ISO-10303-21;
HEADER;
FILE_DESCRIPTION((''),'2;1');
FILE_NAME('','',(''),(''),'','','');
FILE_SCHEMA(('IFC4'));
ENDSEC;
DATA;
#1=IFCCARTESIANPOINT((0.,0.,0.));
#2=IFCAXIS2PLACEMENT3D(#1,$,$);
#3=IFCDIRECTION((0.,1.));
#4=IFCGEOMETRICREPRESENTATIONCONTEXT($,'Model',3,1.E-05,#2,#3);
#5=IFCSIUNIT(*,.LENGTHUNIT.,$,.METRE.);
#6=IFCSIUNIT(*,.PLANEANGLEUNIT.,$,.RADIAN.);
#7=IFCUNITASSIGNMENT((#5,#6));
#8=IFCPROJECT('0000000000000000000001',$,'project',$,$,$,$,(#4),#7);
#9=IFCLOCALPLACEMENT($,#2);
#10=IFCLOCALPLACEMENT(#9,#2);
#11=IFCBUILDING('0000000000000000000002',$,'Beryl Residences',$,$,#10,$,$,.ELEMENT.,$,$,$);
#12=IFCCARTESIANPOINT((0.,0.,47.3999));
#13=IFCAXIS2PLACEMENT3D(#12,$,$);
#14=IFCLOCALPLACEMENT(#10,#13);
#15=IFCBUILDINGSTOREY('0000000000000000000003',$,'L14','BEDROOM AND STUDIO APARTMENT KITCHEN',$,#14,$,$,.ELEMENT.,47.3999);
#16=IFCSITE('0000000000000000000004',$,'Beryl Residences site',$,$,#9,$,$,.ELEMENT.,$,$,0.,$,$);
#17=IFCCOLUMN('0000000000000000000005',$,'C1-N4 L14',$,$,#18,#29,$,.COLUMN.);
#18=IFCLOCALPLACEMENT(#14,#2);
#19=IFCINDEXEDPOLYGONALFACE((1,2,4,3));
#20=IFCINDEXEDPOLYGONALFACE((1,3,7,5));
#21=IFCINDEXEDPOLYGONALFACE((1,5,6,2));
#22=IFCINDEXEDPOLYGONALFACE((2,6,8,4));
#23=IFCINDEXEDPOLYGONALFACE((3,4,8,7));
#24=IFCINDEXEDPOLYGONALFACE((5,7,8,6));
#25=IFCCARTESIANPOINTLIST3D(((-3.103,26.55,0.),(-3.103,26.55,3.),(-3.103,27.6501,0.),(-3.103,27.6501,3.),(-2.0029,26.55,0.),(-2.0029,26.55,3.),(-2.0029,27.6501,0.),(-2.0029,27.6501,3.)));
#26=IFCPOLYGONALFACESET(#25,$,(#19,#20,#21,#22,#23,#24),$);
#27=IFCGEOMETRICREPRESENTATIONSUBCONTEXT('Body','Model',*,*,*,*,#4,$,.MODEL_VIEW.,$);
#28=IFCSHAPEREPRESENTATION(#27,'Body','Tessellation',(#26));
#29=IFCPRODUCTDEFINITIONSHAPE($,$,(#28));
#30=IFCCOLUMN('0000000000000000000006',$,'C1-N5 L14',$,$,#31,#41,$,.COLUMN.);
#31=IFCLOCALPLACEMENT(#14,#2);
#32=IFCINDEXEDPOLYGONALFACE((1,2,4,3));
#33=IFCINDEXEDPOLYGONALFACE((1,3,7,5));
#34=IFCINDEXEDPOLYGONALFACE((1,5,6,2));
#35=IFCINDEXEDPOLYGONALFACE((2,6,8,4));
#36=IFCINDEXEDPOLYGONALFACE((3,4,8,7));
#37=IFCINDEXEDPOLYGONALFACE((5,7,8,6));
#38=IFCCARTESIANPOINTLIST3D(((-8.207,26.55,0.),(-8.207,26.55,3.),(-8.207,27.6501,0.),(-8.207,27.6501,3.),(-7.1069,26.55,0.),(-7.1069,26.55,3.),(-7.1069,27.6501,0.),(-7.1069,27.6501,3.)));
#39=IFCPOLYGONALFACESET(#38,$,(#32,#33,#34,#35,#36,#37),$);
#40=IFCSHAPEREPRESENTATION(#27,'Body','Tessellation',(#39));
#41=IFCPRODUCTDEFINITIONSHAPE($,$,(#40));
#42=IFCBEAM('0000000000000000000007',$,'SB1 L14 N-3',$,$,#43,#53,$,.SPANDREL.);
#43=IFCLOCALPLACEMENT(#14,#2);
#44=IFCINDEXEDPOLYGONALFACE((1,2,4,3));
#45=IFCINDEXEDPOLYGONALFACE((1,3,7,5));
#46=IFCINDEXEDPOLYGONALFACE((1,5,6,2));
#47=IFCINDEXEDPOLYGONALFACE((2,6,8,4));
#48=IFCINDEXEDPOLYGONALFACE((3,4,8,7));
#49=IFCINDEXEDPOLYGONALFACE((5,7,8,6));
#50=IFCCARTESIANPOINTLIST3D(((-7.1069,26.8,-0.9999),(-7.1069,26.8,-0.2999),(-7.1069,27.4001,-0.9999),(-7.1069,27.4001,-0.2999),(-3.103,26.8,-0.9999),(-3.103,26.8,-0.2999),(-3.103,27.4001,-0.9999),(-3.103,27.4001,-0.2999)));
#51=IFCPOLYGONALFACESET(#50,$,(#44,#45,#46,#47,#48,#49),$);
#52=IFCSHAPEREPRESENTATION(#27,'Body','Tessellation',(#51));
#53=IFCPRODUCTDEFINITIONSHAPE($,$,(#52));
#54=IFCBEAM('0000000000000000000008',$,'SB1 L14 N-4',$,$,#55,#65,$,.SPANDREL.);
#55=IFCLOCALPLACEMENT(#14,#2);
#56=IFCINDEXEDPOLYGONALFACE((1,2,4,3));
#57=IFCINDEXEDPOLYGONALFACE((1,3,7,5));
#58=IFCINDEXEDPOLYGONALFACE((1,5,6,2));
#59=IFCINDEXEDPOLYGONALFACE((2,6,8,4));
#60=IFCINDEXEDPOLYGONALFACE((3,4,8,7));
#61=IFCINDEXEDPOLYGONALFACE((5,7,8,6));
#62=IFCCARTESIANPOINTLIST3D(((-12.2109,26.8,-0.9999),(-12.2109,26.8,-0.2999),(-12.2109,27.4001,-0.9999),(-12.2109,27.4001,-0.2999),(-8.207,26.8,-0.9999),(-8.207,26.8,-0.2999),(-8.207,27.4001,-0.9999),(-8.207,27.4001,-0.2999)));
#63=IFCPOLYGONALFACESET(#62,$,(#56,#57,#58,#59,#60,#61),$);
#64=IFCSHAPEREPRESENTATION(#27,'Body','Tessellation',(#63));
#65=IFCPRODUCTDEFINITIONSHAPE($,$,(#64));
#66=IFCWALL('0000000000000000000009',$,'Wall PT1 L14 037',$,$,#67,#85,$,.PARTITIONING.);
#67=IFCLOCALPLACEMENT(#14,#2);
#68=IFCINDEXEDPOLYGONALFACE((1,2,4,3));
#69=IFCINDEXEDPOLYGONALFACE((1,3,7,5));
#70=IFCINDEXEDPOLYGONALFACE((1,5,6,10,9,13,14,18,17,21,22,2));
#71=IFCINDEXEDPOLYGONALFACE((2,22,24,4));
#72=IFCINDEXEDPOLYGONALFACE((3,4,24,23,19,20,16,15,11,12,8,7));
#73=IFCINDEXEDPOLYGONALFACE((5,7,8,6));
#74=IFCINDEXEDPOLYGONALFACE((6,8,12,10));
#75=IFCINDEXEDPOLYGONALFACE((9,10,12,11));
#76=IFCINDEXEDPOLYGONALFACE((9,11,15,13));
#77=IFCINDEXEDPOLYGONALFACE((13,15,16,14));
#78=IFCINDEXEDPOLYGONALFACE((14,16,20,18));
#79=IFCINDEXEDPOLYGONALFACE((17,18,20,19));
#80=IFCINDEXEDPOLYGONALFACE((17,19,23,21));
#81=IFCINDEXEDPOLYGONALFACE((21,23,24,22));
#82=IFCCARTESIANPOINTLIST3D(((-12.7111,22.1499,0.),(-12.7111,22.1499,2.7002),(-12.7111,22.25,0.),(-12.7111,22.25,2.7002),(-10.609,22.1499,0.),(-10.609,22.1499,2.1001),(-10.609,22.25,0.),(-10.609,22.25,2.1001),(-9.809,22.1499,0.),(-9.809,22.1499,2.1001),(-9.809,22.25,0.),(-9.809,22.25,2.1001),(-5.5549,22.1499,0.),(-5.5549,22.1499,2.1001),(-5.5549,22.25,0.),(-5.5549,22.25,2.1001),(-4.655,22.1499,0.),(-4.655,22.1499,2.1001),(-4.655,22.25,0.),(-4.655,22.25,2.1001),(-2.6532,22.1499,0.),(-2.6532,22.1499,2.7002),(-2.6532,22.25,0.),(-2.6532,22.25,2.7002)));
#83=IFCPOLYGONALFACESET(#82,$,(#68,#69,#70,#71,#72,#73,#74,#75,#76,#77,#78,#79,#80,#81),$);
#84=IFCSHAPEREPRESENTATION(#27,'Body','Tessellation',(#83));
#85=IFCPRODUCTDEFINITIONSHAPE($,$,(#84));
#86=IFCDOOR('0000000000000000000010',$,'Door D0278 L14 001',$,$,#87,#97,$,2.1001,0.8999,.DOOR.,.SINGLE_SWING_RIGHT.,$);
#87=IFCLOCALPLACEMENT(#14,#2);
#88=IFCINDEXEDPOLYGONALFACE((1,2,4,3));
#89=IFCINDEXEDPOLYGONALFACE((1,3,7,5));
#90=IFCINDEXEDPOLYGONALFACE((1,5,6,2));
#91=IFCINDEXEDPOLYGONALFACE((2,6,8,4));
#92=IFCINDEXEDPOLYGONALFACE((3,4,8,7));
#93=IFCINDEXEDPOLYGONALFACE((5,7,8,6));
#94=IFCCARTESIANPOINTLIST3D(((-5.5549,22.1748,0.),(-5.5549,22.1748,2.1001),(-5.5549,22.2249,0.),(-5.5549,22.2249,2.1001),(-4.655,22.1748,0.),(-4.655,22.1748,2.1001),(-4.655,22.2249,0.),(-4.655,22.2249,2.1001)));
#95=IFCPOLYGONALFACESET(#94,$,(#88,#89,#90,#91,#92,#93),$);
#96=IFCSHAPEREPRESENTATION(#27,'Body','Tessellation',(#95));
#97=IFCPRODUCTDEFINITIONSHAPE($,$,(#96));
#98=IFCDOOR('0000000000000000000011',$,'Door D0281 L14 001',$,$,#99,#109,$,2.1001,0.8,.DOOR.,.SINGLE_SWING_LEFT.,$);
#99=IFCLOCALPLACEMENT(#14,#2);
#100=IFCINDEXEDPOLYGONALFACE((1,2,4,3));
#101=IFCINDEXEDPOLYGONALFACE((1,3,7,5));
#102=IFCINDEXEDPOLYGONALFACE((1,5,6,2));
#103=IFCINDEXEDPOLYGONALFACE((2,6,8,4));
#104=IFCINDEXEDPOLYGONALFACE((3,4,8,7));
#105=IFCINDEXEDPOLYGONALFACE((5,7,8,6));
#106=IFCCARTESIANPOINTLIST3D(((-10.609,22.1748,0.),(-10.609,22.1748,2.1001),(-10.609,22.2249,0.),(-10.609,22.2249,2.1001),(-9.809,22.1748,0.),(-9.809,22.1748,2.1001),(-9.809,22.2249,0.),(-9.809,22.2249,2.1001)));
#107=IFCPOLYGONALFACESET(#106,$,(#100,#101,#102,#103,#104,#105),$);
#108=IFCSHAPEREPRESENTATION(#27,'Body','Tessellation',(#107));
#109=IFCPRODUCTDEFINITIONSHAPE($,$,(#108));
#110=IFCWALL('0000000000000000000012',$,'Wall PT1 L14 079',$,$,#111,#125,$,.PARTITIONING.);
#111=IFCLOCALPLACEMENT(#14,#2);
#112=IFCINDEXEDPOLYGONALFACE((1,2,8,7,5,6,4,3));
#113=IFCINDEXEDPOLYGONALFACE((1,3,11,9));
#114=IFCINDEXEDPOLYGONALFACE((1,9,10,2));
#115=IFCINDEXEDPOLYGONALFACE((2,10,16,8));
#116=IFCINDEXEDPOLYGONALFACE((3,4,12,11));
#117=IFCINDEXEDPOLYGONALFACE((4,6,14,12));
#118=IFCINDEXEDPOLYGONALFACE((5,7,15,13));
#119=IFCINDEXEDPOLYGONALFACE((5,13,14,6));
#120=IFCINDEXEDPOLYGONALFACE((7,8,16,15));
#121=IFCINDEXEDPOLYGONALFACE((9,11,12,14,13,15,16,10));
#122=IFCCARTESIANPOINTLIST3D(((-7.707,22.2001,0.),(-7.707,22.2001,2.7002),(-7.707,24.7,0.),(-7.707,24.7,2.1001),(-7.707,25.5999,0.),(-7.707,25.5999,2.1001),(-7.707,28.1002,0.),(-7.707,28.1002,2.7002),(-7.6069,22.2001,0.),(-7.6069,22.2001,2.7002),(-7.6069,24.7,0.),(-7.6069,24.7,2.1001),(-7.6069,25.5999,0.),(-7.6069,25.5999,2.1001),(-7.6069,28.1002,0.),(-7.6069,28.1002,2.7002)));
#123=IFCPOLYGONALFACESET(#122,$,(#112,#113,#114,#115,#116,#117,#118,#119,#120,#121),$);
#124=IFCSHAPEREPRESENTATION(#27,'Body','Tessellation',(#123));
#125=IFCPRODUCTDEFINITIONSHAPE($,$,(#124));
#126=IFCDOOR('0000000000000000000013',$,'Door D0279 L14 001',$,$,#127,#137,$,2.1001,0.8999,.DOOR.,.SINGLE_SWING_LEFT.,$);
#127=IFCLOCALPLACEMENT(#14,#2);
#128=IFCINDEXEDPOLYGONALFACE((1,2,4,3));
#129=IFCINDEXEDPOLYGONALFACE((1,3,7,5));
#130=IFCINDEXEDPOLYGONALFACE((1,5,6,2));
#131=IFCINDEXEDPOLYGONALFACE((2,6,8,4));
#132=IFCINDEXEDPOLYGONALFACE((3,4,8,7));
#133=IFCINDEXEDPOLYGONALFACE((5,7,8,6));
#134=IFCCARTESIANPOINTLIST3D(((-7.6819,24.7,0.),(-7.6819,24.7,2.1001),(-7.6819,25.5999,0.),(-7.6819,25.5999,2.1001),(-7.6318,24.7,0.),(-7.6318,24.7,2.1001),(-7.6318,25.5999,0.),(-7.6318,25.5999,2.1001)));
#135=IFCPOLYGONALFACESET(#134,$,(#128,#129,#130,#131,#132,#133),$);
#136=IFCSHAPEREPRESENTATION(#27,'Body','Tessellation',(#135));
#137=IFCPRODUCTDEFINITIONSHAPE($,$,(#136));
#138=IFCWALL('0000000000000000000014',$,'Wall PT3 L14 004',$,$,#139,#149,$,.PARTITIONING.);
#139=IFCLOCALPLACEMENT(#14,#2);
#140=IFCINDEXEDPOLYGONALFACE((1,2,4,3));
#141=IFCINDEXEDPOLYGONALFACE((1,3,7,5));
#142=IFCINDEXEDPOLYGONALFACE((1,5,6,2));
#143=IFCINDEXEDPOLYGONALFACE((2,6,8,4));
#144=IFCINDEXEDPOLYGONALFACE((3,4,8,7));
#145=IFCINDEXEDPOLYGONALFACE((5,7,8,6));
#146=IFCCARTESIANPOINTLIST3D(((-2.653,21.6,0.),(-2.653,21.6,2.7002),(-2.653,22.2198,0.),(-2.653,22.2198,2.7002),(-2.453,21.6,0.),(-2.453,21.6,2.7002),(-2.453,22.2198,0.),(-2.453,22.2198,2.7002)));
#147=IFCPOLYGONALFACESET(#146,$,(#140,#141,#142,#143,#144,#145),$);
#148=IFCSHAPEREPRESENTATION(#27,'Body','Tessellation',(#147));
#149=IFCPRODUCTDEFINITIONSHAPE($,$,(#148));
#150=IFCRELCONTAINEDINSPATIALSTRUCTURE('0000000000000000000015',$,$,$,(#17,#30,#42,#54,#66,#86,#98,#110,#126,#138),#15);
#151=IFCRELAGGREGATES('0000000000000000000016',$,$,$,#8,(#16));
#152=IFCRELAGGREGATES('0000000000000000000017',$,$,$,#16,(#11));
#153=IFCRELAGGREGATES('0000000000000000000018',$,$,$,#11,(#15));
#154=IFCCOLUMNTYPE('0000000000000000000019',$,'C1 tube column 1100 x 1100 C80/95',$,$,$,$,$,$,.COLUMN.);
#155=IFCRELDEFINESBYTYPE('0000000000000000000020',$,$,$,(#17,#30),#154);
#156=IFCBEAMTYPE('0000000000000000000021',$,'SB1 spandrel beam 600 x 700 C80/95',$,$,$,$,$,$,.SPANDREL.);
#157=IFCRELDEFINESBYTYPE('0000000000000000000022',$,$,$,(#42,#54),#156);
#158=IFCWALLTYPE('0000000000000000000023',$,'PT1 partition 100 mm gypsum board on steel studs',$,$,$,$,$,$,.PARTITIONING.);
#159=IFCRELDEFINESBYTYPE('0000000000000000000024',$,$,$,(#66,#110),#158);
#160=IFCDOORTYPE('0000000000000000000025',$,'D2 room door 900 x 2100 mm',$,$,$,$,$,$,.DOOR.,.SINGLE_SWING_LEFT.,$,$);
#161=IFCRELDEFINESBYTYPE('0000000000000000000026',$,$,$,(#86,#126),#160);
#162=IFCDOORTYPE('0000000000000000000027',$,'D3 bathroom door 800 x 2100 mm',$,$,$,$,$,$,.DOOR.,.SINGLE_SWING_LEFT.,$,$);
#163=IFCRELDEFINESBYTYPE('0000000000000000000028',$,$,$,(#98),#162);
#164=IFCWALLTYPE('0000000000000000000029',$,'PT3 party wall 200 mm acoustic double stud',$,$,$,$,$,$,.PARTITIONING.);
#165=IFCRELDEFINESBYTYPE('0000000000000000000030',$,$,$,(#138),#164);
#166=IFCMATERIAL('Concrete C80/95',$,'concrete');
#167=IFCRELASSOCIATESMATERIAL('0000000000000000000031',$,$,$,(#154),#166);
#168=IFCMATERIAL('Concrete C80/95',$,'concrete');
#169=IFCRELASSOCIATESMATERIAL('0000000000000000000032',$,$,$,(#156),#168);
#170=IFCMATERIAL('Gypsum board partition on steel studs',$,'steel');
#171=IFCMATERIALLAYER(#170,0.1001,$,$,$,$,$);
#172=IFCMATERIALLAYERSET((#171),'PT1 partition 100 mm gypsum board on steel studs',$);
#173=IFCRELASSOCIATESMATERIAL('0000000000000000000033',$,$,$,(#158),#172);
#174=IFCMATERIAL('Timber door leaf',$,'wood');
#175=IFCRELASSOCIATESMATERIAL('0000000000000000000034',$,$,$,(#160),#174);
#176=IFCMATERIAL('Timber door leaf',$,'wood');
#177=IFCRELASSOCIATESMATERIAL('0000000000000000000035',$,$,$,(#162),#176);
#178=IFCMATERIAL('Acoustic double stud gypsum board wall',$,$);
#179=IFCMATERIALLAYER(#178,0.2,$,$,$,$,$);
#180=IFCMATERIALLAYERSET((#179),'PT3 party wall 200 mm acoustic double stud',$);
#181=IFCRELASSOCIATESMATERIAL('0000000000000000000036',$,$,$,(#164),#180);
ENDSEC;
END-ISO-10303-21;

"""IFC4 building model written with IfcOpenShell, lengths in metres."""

from ifc_helpers import new_model, si_unit, direction, frame, frame_2d, origin, origin_2d, place, context, subcontext, project, spatial, rectangle, extrude, material, layer, layer_set, material_profile, profile_set, type_object, element, fill, save


model = new_model("IFC4")

# Units and contexts
model_context = context("Model", 3, precision=1e-05, world=origin(), true_north=direction((0.0, 1.0)))
body_context = subcontext(model_context, "Body", "Model", "MODEL_VIEW")
ifc_project = project(units=[si_unit("LENGTHUNIT", "METRE"), si_unit("PLANEANGLEUNIT", "RADIAN")], contexts=[model_context])

# Site, building, storey
site_placement = place(None, origin())
site = spatial("IfcSite", under=ifc_project, at=site_placement, Name="Beryl Residences site", CompositionType="ELEMENT", RefElevation=0.0)
building_placement = place(site_placement, origin())
building = spatial("IfcBuilding", under=site, at=building_placement, Name="Beryl Residences", CompositionType="ELEMENT")
storey_placement = place(building_placement, frame((0.0, 0.0, 47.3999)))
storey = spatial("IfcBuildingStorey", under=building, at=storey_placement, Name="L14", Description="BEDROOM AND STUDIO APARTMENT KITCHEN", CompositionType="ELEMENT", Elevation=47.3999)

# Columns
ifc_material_1 = material(Name="Concrete C80/95", Category="concrete")
ifc_material_profile_1 = material_profile(ifc_material_1, rectangle(XDim=1.1001, YDim=1.1001, at=origin_2d()))
ifc_profile_set_1 = profile_set([ifc_material_profile_1], Name="Concrete C80/95")
column_type = type_object("IfcColumnType", Name="C1 tube column 1100 x 1100 C80/95", PredefinedType="COLUMN", material=ifc_profile_set_1)
for number, where, z_axis, x_axis, name in (
    (1, (-2.553, 27.1001, 0.0), (0.0, 0.0, 1.0), (-1.0, 0.0, 0.0), "C1-N4 L14"),
    (2, (-7.657, 27.1001, 0.0), (0.0, 0.0, 1.0), (-1.0, 0.0, 0.0), "C1-N5 L14"),
):
    element("IfcColumn", number, at=place(storey_placement, frame(where, z_axis=z_axis, x_axis=x_axis)), inside=storey, type_object=column_type, Name=name, PredefinedType="COLUMN", context=body_context, shape_type="SweptSolid", body=[
        extrude(rectangle(XDim=1.1001, YDim=1.1001, at=origin_2d()), origin(), (0.0, 0.0, 1.0), 3.0),
    ])

# Beams
ifc_material_2 = material(Name="Concrete C80/95", Category="concrete")
ifc_material_profile_2 = material_profile(ifc_material_2, rectangle(XDim=0.6001, YDim=0.7, at=origin_2d()))
ifc_profile_set_2 = profile_set([ifc_material_profile_2], Name="Concrete C80/95")
beam_type = type_object("IfcBeamType", Name="SB1 spandrel beam 600 x 700 C80/95", PredefinedType="SPANDREL", material=ifc_profile_set_2)
for number, where, z_axis, x_axis, name in (
    (3, (-3.103, 27.1001, -0.6499), (-1.0, 0.0, 0.0), (0.0, -1.0, 0.0), "SB1 L14 N-3"),
    (4, (-8.207, 27.1001, -0.6499), (-1.0, 0.0, 0.0), (0.0, -1.0, 0.0), "SB1 L14 N-4"),
):
    element("IfcBeam", number, at=place(storey_placement, frame(where, z_axis=z_axis, x_axis=x_axis)), inside=storey, type_object=beam_type, Name=name, PredefinedType="SPANDREL", context=body_context, shape_type="SweptSolid", body=[
        extrude(rectangle(XDim=0.6001, YDim=0.7, at=origin_2d()), origin(), (0.0, 0.0, 1.0), 4.0039),
    ])

# Wall, openings, doors
ifc_material_3 = material(Name="Gypsum board partition on steel studs", Category="steel")
ifc_layer_1 = layer(ifc_material_3, 0.1001)
ifc_layer_set_1 = layer_set([ifc_layer_1], Name="PT1 partition 100 mm gypsum board on steel studs")
wall_type_1 = type_object("IfcWallType", Name="PT1 partition 100 mm gypsum board on steel studs", PredefinedType="PARTITIONING", material=ifc_layer_set_1)
wall_1_placement = place(storey_placement, frame((-12.7109, 22.2, 0.0), z_axis=(0.0, 0.0, 1.0), x_axis=(1.0, 0.0, 0.0)))
wall_1 = element("IfcWall", 5, at=wall_1_placement, inside=storey, type_object=wall_type_1, Name="Wall PT1 L14 037", PredefinedType="PARTITIONING", context=body_context, shape_type="SweptSolid", body=[
    extrude(rectangle(XDim=10.0579, YDim=0.1001, at=frame_2d((5.0288, 0.0))), origin(), (0.0, 0.0, 1.0), 2.7002),
])
opening_1_placement = place(wall_1_placement, frame((7.156, 0.0, 0.0)))
opening_1 = element("IfcOpeningElement", 6, at=opening_1_placement, cuts=wall_1, PredefinedType="OPENING", context=body_context, shape_type="SweptSolid", body=[
    extrude(rectangle(XDim=0.8999, YDim=2.1001, at=frame_2d((0.45, 1.05))), frame((0.0, 0.0601, 0.0), z_axis=(0.0, -1.0, 0.0), x_axis=(1.0, 0.0, 0.0)), (0.0, 0.0, 1.0), 0.1201),
])
opening_2_placement = place(wall_1_placement, frame((2.1021, 0.0, 0.0)))
opening_2 = element("IfcOpeningElement", 7, at=opening_2_placement, cuts=wall_1, PredefinedType="OPENING", context=body_context, shape_type="SweptSolid", body=[
    extrude(rectangle(XDim=0.8, YDim=2.1001, at=frame_2d((0.3999, 1.05))), frame((0.0, 0.0601, 0.0), z_axis=(0.0, -1.0, 0.0), x_axis=(1.0, 0.0, 0.0)), (0.0, 0.0, 1.0), 0.1201),
])
ifc_material_4 = material(Name="Timber door leaf", Category="wood")
door_type_1 = type_object("IfcDoorType", Name="D2 room door 900 x 2100 mm", OperationType="SINGLE_SWING_LEFT", PredefinedType="DOOR", material=ifc_material_4)
door_1_placement = place(opening_1_placement, origin())
door_1 = element("IfcDoor", 8, at=door_1_placement, inside=storey, type_object=door_type_1, Name="Door D0278 L14 001", OperationType="SINGLE_SWING_RIGHT", OverallHeight=2.1001, OverallWidth=0.8999, PredefinedType="DOOR", context=body_context, shape_type="SweptSolid", body=[
    extrude(rectangle(XDim=0.8999, YDim=2.1001, at=frame_2d((0.45, 1.05))), frame((0.0, 0.0249, 0.0), z_axis=(0.0, -1.0, 0.0), x_axis=(1.0, 0.0, 0.0)), (0.0, 0.0, 1.0), 0.05),
])
fill(opening_1, door_1)
ifc_material_5 = material(Name="Timber door leaf", Category="wood")
door_type_2 = type_object("IfcDoorType", Name="D3 bathroom door 800 x 2100 mm", OperationType="SINGLE_SWING_LEFT", PredefinedType="DOOR", material=ifc_material_5)
door_2_placement = place(opening_2_placement, origin())
door_2 = element("IfcDoor", 9, at=door_2_placement, inside=storey, type_object=door_type_2, Name="Door D0281 L14 001", OperationType="SINGLE_SWING_LEFT", OverallHeight=2.1001, OverallWidth=0.8, PredefinedType="DOOR", context=body_context, shape_type="SweptSolid", body=[
    extrude(rectangle(XDim=0.8, YDim=2.1001, at=frame_2d((0.3999, 1.05))), frame((0.0, 0.0249, 0.0), z_axis=(0.0, -1.0, 0.0), x_axis=(1.0, 0.0, 0.0)), (0.0, 0.0, 1.0), 0.05),
])
fill(opening_2, door_2)

# Wall, opening, door
wall_2_placement = place(storey_placement, frame((-7.657, 22.2, 0.0), z_axis=(0.0, 0.0, 1.0), x_axis=(0.0, 1.0, 0.0)))
wall_2 = element("IfcWall", 10, at=wall_2_placement, inside=storey, type_object=wall_type_1, Name="Wall PT1 L14 079", PredefinedType="PARTITIONING", context=body_context, shape_type="SweptSolid", body=[
    extrude(rectangle(XDim=5.9001, YDim=0.1001, at=frame_2d((2.9502, 0.0))), origin(), (0.0, 0.0, 1.0), 2.7002),
])
opening_3_placement = place(wall_2_placement, frame((2.5, 0.0, 0.0)))
opening_3 = element("IfcOpeningElement", 11, at=opening_3_placement, cuts=wall_2, PredefinedType="OPENING", context=body_context, shape_type="SweptSolid", body=[
    extrude(rectangle(XDim=0.8999, YDim=2.1001, at=frame_2d((0.45, 1.05))), frame((0.0, 0.0601, 0.0), z_axis=(0.0, -1.0, 0.0), x_axis=(1.0, 0.0, 0.0)), (0.0, 0.0, 1.0), 0.1201),
])
door_3_placement = place(opening_3_placement, origin())
door_3 = element("IfcDoor", 12, at=door_3_placement, inside=storey, type_object=door_type_1, Name="Door D0279 L14 001", OperationType="SINGLE_SWING_LEFT", OverallHeight=2.1001, OverallWidth=0.8999, PredefinedType="DOOR", context=body_context, shape_type="SweptSolid", body=[
    extrude(rectangle(XDim=0.8999, YDim=2.1001, at=frame_2d((0.45, 1.05))), frame((0.0, 0.0249, 0.0), z_axis=(0.0, -1.0, 0.0), x_axis=(1.0, 0.0, 0.0)), (0.0, 0.0, 1.0), 0.05),
])
fill(opening_3, door_3)

# Wall
ifc_material_6 = material(Name="Acoustic double stud gypsum board wall")
ifc_layer_2 = layer(ifc_material_6, 0.2)
ifc_layer_set_2 = layer_set([ifc_layer_2], Name="PT3 party wall 200 mm acoustic double stud")
wall_type_2 = type_object("IfcWallType", Name="PT3 party wall 200 mm acoustic double stud", PredefinedType="PARTITIONING", material=ifc_layer_set_2)
wall_3_placement = place(storey_placement, frame((-2.553, 22.22, 0.0), z_axis=(0.0, 0.0, 1.0), x_axis=(0.0, -1.0, 0.0)))
element("IfcWall", 13, at=wall_3_placement, inside=storey, type_object=wall_type_2, Name="Wall PT3 L14 004", PredefinedType="PARTITIONING", context=body_context, shape_type="SweptSolid", body=[
    extrude(rectangle(XDim=0.6199, YDim=0.2, at=frame_2d((0.3101, 0.0))), origin(), (0.0, 0.0, 1.0), 2.7002),
])

save(model, "model.ifc")
